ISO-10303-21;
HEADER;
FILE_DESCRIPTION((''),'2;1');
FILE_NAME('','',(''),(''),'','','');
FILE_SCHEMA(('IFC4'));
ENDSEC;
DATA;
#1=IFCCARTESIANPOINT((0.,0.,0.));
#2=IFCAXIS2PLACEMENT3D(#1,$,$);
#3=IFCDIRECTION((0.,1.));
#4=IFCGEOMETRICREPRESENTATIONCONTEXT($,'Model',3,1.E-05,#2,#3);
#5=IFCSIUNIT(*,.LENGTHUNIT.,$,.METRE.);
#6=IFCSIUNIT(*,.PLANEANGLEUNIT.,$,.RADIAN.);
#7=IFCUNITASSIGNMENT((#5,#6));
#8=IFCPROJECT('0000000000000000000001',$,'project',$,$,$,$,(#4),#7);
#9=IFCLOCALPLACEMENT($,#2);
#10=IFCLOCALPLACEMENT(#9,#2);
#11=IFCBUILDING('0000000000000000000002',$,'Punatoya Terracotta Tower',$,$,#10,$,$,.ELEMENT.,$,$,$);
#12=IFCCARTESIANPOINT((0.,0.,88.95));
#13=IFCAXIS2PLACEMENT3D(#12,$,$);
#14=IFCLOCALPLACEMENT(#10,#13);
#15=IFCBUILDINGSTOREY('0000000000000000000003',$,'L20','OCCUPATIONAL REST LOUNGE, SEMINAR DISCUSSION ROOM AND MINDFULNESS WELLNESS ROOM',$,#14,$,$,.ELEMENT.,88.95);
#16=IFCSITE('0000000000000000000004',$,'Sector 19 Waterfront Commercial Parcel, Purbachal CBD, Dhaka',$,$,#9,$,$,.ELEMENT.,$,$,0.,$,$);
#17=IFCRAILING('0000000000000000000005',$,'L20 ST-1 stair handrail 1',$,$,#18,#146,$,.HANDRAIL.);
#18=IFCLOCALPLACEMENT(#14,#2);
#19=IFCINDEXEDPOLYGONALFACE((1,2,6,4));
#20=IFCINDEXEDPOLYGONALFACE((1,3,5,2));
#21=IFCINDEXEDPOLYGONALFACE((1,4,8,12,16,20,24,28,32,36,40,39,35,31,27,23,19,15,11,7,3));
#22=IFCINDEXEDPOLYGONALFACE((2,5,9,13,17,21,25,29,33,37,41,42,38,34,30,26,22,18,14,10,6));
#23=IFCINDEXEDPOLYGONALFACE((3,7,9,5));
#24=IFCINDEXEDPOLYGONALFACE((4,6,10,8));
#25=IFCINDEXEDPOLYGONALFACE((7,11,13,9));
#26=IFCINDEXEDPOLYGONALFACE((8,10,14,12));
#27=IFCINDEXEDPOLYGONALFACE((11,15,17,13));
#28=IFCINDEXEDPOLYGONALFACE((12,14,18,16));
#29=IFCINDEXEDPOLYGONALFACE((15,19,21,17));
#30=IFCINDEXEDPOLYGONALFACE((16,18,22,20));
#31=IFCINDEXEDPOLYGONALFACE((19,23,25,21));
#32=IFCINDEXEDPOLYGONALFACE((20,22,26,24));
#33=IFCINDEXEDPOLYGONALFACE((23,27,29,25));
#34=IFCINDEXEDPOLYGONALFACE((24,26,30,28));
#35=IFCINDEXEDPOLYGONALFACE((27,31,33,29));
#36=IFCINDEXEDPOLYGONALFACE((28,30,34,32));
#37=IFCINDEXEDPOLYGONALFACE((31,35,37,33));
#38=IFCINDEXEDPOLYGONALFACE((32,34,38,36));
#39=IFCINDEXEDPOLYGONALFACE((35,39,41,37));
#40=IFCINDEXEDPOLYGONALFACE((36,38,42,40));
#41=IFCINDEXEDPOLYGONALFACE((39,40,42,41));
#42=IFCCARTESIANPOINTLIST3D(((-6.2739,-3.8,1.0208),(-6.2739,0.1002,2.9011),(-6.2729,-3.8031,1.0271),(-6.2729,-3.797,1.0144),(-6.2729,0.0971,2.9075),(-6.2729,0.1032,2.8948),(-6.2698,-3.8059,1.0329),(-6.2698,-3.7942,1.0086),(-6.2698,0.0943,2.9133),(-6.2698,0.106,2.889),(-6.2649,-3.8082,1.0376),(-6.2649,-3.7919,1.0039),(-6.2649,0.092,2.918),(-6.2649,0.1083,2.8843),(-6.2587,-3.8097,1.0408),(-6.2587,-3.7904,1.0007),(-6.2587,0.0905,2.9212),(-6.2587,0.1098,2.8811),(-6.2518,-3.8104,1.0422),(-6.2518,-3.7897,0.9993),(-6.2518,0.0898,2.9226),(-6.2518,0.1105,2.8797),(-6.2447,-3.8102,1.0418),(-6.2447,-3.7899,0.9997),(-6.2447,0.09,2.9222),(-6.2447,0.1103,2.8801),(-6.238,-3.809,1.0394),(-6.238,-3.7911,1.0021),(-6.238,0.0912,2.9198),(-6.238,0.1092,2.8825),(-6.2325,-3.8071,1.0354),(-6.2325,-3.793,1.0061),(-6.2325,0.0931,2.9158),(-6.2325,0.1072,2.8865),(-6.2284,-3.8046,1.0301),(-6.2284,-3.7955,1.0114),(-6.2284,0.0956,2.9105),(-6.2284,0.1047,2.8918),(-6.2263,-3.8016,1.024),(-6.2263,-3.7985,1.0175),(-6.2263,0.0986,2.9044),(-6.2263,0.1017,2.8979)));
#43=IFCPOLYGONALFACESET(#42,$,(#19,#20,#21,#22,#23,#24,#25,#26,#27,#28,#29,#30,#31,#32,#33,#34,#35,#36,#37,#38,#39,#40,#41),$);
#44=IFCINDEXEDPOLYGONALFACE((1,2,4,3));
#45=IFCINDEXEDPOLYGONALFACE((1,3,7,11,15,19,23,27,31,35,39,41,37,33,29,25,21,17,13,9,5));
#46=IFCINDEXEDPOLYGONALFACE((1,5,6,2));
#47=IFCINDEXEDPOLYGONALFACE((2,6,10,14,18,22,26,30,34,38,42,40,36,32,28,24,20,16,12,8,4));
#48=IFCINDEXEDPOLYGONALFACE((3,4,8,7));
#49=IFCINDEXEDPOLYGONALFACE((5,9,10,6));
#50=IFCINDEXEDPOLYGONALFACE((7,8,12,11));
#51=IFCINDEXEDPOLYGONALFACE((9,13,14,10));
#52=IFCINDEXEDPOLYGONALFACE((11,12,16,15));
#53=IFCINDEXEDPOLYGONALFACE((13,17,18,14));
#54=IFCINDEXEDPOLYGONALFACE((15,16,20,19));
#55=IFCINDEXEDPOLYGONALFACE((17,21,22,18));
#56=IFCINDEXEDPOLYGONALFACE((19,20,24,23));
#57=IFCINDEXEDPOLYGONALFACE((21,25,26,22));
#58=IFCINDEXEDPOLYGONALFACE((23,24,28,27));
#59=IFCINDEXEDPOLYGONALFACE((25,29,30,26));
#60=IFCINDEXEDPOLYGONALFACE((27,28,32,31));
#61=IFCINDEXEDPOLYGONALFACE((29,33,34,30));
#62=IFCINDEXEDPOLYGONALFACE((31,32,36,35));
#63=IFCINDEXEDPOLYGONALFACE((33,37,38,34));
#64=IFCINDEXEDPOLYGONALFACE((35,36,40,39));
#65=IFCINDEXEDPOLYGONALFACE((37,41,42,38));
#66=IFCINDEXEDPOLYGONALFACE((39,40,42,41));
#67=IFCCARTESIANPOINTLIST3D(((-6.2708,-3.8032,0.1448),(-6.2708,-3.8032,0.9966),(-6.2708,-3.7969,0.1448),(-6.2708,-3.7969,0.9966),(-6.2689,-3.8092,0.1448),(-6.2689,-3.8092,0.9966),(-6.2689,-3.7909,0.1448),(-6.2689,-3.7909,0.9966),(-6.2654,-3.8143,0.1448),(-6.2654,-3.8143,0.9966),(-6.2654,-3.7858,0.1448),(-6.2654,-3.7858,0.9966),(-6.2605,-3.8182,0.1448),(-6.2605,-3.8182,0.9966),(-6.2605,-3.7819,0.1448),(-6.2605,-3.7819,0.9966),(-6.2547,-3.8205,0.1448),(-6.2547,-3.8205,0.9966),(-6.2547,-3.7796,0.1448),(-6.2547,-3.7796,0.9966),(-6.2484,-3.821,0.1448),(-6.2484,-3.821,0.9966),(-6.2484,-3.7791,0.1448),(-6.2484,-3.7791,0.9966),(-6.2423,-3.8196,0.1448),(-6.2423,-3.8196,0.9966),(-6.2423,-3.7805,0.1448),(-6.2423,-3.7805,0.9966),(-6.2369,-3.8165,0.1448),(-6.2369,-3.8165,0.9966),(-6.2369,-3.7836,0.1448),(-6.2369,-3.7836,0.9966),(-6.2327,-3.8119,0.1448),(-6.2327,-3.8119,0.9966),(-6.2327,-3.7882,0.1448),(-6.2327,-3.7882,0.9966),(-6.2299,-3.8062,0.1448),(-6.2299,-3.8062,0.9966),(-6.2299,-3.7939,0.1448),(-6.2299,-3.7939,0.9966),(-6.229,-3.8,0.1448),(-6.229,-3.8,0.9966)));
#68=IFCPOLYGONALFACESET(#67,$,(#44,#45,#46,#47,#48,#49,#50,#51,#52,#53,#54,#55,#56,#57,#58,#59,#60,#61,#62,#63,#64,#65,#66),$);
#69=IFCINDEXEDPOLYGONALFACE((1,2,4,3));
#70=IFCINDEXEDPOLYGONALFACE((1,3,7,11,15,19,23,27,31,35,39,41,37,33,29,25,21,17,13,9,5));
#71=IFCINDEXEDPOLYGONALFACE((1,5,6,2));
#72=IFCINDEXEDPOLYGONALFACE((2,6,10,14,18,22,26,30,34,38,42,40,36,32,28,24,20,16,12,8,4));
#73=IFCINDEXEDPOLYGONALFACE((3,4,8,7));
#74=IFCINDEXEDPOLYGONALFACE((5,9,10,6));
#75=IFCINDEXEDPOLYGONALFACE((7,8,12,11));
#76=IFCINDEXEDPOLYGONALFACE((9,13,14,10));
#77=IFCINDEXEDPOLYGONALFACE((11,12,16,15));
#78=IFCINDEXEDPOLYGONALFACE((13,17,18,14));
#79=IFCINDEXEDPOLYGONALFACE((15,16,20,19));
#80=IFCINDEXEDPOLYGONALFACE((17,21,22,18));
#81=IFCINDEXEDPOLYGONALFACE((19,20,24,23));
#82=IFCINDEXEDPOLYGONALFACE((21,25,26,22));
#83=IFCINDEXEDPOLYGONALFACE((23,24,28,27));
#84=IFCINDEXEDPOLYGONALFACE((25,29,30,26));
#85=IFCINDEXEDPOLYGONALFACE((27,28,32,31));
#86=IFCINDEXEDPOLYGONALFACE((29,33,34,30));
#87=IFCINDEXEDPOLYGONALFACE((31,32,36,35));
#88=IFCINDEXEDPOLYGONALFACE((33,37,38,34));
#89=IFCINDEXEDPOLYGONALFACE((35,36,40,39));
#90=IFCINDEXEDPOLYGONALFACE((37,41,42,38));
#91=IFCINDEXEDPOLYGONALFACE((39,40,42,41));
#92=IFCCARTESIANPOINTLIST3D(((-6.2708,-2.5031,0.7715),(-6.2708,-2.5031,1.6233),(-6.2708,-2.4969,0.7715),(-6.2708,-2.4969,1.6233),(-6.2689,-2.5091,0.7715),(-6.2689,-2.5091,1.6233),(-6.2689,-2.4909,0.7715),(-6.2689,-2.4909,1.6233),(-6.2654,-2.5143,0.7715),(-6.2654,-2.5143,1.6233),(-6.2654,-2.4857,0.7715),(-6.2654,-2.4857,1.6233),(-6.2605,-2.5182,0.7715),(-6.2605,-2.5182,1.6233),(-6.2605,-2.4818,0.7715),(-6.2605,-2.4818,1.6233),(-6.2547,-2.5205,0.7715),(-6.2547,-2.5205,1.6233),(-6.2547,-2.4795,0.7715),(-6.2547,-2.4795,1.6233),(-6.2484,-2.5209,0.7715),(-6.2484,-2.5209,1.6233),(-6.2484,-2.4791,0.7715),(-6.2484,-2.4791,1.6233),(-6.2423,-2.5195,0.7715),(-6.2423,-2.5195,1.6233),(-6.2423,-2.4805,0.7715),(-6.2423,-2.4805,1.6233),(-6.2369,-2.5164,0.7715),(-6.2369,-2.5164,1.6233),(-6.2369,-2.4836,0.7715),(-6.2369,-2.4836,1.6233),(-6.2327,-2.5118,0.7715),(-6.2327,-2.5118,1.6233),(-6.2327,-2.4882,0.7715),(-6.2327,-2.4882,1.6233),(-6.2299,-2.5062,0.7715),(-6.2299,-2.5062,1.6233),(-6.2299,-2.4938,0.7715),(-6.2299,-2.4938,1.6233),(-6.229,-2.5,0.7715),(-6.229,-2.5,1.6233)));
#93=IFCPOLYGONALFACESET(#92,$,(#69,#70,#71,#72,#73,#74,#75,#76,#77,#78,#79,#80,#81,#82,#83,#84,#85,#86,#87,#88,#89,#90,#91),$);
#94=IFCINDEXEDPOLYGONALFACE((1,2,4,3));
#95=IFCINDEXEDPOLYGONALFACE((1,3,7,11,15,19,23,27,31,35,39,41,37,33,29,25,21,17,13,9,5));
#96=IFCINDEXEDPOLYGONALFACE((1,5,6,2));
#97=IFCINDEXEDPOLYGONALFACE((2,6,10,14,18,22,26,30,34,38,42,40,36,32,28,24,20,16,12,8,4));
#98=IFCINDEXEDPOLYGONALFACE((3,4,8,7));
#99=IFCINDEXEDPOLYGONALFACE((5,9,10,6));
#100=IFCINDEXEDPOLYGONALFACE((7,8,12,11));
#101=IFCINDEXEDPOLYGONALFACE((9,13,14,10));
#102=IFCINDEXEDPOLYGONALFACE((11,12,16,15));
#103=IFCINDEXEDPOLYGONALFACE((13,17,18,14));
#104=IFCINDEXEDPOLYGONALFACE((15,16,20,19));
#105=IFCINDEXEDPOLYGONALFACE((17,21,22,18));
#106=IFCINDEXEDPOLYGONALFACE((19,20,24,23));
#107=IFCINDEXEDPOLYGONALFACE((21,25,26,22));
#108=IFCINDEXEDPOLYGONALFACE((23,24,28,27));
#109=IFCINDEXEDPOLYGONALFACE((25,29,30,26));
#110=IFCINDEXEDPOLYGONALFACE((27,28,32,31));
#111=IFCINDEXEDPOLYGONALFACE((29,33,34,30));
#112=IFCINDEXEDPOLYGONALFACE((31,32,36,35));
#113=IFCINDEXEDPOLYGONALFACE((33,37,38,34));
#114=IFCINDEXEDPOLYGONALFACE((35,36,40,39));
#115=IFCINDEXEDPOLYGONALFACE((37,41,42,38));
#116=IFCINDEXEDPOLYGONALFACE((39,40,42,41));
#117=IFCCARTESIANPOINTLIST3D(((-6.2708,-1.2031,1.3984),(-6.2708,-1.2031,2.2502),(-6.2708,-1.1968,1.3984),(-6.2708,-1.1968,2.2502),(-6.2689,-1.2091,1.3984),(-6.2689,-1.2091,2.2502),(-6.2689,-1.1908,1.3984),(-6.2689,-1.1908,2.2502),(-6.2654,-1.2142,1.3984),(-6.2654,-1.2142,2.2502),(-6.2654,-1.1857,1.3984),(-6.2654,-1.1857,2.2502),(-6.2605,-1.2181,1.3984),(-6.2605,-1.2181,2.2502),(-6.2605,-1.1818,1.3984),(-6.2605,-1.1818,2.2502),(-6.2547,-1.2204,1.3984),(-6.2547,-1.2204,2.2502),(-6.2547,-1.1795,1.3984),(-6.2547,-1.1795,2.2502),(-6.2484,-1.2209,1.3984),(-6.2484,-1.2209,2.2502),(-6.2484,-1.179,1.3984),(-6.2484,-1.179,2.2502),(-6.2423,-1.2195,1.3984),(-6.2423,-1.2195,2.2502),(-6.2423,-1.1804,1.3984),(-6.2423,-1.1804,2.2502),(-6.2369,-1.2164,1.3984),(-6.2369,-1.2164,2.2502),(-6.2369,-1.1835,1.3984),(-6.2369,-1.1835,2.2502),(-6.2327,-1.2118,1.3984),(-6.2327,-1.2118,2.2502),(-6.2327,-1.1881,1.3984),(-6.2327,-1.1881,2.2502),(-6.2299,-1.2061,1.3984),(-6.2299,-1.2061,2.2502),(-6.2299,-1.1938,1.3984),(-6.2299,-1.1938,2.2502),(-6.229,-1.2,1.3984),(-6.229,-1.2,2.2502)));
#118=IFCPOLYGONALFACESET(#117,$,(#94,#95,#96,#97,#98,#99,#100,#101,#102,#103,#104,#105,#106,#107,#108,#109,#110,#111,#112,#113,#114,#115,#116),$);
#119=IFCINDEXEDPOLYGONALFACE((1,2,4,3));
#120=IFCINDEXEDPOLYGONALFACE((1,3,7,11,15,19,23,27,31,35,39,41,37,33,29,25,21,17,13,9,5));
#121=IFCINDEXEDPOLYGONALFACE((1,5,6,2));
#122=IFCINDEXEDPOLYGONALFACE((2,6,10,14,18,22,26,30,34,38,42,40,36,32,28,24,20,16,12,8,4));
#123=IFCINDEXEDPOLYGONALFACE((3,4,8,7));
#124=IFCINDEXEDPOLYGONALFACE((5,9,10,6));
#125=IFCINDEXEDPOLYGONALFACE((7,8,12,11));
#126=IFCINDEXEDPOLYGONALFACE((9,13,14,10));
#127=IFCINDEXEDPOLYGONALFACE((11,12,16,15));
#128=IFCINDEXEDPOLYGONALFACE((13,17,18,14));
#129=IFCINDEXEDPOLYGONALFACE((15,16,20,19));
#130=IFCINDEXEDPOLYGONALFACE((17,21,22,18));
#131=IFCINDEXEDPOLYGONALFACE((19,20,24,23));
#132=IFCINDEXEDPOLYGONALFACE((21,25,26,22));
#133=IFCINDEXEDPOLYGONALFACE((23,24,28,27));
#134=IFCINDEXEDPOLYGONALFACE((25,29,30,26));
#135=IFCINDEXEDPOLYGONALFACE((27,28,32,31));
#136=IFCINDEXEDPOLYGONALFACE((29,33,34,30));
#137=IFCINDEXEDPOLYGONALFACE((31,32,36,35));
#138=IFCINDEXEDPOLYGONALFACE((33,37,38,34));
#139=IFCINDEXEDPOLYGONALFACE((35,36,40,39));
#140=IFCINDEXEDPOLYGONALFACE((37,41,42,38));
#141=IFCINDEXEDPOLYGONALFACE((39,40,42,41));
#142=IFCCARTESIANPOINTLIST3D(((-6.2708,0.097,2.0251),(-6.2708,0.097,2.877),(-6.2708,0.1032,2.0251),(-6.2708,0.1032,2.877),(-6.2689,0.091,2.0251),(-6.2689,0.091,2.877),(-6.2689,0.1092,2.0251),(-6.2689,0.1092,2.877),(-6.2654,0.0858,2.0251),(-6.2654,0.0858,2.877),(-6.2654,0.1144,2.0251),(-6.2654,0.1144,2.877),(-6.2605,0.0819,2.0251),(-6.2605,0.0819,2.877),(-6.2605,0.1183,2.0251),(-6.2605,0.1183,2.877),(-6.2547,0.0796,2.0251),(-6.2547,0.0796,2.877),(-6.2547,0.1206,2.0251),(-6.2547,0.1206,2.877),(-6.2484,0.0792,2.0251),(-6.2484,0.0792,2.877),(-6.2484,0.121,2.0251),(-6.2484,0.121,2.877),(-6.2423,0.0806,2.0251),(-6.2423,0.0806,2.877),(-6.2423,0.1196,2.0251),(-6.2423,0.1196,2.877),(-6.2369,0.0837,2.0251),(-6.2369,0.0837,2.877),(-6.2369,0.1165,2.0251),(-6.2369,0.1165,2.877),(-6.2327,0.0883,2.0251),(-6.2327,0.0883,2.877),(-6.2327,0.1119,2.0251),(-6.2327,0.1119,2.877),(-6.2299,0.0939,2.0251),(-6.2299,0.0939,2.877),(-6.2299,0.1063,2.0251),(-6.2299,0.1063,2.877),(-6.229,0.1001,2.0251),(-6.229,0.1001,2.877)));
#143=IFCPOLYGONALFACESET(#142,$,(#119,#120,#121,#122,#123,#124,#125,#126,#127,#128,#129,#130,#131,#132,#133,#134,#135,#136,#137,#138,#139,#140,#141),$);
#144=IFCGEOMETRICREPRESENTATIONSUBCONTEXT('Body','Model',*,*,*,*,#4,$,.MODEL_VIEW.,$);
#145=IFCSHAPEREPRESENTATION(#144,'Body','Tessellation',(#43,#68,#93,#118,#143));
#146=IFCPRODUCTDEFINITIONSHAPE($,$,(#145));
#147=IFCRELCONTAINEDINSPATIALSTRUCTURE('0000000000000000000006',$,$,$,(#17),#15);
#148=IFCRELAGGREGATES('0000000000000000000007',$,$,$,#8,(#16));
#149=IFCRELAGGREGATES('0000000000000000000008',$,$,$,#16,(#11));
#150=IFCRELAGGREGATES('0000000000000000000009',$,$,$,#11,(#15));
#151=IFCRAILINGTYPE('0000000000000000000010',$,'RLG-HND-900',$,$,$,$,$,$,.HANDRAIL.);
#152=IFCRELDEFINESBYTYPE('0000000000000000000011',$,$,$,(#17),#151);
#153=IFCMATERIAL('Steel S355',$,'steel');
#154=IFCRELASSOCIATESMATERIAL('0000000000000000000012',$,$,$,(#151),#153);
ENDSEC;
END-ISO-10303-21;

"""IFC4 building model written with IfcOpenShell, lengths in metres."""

from ifc_helpers import new_model, si_unit, direction, frame, origin, origin_2d, place, context, subcontext, project, spatial, circle, extrude, material, type_object, element, save


model = new_model("IFC4")

# Units and contexts
model_context = context("Model", 3, precision=1e-05, world=origin(), true_north=direction((0.0, 1.0)))
body_context = subcontext(model_context, "Body", "Model", "MODEL_VIEW")
ifc_project = project(units=[si_unit("LENGTHUNIT", "METRE"), si_unit("PLANEANGLEUNIT", "RADIAN")], contexts=[model_context])

# Site, building, storey
site_placement = place(None, origin())
site = spatial("IfcSite", under=ifc_project, at=site_placement, Name="Sector 19 Waterfront Commercial Parcel, Purbachal CBD, Dhaka", CompositionType="ELEMENT", RefElevation=0.0)
building_placement = place(site_placement, origin())
building = spatial("IfcBuilding", under=site, at=building_placement, Name="Punatoya Terracotta Tower", CompositionType="ELEMENT")
storey_placement = place(building_placement, frame((0.0, 0.0, 88.95)))
storey = spatial("IfcBuildingStorey", under=building, at=storey_placement, Name="L20", Description="OCCUPATIONAL REST LOUNGE, SEMINAR DISCUSSION ROOM AND MINDFULNESS WELLNESS ROOM", CompositionType="ELEMENT", Elevation=88.95)

# Railing
ifc_material_1 = material(Name="Steel S355", Category="steel")
railing_type_1 = type_object("IfcRailingType", Name="RLG-HND-900", PredefinedType="HANDRAIL", material=ifc_material_1)
railing_1_placement = place(storey_placement, frame((-6.25, -3.8, 0.1448)))
element("IfcRailing", 1, at=railing_1_placement, inside=storey, type_object=railing_type_1, Name="L20 ST-1 stair handrail 1", PredefinedType="HANDRAIL", context=body_context, shape_type="SweptSolid", body=[
    extrude(circle(Radius=0.0239, at=origin_2d()), frame((0.0, 0.0, 0.876), z_axis=(0.0, 0.900774, 0.434289), x_axis=(-1.0, 0.0, 0.0)), (0.0, 0.0, 1.0), 4.3298),
    extrude(circle(Radius=0.021, at=origin_2d()), origin(), (0.0, 0.0, 1.0), 0.8518),
    extrude(circle(Radius=0.021, at=origin_2d()), frame((0.0, 1.3, 0.6267)), (0.0, 0.0, 1.0), 0.8518),
    extrude(circle(Radius=0.021, at=origin_2d()), frame((0.0, 2.6001, 1.2537)), (0.0, 0.0, 1.0), 0.8518),
    extrude(circle(Radius=0.021, at=origin_2d()), frame((0.0, 3.9001, 1.8804)), (0.0, 0.0, 1.0), 0.8518),
])

save(model, "model.ifc")
